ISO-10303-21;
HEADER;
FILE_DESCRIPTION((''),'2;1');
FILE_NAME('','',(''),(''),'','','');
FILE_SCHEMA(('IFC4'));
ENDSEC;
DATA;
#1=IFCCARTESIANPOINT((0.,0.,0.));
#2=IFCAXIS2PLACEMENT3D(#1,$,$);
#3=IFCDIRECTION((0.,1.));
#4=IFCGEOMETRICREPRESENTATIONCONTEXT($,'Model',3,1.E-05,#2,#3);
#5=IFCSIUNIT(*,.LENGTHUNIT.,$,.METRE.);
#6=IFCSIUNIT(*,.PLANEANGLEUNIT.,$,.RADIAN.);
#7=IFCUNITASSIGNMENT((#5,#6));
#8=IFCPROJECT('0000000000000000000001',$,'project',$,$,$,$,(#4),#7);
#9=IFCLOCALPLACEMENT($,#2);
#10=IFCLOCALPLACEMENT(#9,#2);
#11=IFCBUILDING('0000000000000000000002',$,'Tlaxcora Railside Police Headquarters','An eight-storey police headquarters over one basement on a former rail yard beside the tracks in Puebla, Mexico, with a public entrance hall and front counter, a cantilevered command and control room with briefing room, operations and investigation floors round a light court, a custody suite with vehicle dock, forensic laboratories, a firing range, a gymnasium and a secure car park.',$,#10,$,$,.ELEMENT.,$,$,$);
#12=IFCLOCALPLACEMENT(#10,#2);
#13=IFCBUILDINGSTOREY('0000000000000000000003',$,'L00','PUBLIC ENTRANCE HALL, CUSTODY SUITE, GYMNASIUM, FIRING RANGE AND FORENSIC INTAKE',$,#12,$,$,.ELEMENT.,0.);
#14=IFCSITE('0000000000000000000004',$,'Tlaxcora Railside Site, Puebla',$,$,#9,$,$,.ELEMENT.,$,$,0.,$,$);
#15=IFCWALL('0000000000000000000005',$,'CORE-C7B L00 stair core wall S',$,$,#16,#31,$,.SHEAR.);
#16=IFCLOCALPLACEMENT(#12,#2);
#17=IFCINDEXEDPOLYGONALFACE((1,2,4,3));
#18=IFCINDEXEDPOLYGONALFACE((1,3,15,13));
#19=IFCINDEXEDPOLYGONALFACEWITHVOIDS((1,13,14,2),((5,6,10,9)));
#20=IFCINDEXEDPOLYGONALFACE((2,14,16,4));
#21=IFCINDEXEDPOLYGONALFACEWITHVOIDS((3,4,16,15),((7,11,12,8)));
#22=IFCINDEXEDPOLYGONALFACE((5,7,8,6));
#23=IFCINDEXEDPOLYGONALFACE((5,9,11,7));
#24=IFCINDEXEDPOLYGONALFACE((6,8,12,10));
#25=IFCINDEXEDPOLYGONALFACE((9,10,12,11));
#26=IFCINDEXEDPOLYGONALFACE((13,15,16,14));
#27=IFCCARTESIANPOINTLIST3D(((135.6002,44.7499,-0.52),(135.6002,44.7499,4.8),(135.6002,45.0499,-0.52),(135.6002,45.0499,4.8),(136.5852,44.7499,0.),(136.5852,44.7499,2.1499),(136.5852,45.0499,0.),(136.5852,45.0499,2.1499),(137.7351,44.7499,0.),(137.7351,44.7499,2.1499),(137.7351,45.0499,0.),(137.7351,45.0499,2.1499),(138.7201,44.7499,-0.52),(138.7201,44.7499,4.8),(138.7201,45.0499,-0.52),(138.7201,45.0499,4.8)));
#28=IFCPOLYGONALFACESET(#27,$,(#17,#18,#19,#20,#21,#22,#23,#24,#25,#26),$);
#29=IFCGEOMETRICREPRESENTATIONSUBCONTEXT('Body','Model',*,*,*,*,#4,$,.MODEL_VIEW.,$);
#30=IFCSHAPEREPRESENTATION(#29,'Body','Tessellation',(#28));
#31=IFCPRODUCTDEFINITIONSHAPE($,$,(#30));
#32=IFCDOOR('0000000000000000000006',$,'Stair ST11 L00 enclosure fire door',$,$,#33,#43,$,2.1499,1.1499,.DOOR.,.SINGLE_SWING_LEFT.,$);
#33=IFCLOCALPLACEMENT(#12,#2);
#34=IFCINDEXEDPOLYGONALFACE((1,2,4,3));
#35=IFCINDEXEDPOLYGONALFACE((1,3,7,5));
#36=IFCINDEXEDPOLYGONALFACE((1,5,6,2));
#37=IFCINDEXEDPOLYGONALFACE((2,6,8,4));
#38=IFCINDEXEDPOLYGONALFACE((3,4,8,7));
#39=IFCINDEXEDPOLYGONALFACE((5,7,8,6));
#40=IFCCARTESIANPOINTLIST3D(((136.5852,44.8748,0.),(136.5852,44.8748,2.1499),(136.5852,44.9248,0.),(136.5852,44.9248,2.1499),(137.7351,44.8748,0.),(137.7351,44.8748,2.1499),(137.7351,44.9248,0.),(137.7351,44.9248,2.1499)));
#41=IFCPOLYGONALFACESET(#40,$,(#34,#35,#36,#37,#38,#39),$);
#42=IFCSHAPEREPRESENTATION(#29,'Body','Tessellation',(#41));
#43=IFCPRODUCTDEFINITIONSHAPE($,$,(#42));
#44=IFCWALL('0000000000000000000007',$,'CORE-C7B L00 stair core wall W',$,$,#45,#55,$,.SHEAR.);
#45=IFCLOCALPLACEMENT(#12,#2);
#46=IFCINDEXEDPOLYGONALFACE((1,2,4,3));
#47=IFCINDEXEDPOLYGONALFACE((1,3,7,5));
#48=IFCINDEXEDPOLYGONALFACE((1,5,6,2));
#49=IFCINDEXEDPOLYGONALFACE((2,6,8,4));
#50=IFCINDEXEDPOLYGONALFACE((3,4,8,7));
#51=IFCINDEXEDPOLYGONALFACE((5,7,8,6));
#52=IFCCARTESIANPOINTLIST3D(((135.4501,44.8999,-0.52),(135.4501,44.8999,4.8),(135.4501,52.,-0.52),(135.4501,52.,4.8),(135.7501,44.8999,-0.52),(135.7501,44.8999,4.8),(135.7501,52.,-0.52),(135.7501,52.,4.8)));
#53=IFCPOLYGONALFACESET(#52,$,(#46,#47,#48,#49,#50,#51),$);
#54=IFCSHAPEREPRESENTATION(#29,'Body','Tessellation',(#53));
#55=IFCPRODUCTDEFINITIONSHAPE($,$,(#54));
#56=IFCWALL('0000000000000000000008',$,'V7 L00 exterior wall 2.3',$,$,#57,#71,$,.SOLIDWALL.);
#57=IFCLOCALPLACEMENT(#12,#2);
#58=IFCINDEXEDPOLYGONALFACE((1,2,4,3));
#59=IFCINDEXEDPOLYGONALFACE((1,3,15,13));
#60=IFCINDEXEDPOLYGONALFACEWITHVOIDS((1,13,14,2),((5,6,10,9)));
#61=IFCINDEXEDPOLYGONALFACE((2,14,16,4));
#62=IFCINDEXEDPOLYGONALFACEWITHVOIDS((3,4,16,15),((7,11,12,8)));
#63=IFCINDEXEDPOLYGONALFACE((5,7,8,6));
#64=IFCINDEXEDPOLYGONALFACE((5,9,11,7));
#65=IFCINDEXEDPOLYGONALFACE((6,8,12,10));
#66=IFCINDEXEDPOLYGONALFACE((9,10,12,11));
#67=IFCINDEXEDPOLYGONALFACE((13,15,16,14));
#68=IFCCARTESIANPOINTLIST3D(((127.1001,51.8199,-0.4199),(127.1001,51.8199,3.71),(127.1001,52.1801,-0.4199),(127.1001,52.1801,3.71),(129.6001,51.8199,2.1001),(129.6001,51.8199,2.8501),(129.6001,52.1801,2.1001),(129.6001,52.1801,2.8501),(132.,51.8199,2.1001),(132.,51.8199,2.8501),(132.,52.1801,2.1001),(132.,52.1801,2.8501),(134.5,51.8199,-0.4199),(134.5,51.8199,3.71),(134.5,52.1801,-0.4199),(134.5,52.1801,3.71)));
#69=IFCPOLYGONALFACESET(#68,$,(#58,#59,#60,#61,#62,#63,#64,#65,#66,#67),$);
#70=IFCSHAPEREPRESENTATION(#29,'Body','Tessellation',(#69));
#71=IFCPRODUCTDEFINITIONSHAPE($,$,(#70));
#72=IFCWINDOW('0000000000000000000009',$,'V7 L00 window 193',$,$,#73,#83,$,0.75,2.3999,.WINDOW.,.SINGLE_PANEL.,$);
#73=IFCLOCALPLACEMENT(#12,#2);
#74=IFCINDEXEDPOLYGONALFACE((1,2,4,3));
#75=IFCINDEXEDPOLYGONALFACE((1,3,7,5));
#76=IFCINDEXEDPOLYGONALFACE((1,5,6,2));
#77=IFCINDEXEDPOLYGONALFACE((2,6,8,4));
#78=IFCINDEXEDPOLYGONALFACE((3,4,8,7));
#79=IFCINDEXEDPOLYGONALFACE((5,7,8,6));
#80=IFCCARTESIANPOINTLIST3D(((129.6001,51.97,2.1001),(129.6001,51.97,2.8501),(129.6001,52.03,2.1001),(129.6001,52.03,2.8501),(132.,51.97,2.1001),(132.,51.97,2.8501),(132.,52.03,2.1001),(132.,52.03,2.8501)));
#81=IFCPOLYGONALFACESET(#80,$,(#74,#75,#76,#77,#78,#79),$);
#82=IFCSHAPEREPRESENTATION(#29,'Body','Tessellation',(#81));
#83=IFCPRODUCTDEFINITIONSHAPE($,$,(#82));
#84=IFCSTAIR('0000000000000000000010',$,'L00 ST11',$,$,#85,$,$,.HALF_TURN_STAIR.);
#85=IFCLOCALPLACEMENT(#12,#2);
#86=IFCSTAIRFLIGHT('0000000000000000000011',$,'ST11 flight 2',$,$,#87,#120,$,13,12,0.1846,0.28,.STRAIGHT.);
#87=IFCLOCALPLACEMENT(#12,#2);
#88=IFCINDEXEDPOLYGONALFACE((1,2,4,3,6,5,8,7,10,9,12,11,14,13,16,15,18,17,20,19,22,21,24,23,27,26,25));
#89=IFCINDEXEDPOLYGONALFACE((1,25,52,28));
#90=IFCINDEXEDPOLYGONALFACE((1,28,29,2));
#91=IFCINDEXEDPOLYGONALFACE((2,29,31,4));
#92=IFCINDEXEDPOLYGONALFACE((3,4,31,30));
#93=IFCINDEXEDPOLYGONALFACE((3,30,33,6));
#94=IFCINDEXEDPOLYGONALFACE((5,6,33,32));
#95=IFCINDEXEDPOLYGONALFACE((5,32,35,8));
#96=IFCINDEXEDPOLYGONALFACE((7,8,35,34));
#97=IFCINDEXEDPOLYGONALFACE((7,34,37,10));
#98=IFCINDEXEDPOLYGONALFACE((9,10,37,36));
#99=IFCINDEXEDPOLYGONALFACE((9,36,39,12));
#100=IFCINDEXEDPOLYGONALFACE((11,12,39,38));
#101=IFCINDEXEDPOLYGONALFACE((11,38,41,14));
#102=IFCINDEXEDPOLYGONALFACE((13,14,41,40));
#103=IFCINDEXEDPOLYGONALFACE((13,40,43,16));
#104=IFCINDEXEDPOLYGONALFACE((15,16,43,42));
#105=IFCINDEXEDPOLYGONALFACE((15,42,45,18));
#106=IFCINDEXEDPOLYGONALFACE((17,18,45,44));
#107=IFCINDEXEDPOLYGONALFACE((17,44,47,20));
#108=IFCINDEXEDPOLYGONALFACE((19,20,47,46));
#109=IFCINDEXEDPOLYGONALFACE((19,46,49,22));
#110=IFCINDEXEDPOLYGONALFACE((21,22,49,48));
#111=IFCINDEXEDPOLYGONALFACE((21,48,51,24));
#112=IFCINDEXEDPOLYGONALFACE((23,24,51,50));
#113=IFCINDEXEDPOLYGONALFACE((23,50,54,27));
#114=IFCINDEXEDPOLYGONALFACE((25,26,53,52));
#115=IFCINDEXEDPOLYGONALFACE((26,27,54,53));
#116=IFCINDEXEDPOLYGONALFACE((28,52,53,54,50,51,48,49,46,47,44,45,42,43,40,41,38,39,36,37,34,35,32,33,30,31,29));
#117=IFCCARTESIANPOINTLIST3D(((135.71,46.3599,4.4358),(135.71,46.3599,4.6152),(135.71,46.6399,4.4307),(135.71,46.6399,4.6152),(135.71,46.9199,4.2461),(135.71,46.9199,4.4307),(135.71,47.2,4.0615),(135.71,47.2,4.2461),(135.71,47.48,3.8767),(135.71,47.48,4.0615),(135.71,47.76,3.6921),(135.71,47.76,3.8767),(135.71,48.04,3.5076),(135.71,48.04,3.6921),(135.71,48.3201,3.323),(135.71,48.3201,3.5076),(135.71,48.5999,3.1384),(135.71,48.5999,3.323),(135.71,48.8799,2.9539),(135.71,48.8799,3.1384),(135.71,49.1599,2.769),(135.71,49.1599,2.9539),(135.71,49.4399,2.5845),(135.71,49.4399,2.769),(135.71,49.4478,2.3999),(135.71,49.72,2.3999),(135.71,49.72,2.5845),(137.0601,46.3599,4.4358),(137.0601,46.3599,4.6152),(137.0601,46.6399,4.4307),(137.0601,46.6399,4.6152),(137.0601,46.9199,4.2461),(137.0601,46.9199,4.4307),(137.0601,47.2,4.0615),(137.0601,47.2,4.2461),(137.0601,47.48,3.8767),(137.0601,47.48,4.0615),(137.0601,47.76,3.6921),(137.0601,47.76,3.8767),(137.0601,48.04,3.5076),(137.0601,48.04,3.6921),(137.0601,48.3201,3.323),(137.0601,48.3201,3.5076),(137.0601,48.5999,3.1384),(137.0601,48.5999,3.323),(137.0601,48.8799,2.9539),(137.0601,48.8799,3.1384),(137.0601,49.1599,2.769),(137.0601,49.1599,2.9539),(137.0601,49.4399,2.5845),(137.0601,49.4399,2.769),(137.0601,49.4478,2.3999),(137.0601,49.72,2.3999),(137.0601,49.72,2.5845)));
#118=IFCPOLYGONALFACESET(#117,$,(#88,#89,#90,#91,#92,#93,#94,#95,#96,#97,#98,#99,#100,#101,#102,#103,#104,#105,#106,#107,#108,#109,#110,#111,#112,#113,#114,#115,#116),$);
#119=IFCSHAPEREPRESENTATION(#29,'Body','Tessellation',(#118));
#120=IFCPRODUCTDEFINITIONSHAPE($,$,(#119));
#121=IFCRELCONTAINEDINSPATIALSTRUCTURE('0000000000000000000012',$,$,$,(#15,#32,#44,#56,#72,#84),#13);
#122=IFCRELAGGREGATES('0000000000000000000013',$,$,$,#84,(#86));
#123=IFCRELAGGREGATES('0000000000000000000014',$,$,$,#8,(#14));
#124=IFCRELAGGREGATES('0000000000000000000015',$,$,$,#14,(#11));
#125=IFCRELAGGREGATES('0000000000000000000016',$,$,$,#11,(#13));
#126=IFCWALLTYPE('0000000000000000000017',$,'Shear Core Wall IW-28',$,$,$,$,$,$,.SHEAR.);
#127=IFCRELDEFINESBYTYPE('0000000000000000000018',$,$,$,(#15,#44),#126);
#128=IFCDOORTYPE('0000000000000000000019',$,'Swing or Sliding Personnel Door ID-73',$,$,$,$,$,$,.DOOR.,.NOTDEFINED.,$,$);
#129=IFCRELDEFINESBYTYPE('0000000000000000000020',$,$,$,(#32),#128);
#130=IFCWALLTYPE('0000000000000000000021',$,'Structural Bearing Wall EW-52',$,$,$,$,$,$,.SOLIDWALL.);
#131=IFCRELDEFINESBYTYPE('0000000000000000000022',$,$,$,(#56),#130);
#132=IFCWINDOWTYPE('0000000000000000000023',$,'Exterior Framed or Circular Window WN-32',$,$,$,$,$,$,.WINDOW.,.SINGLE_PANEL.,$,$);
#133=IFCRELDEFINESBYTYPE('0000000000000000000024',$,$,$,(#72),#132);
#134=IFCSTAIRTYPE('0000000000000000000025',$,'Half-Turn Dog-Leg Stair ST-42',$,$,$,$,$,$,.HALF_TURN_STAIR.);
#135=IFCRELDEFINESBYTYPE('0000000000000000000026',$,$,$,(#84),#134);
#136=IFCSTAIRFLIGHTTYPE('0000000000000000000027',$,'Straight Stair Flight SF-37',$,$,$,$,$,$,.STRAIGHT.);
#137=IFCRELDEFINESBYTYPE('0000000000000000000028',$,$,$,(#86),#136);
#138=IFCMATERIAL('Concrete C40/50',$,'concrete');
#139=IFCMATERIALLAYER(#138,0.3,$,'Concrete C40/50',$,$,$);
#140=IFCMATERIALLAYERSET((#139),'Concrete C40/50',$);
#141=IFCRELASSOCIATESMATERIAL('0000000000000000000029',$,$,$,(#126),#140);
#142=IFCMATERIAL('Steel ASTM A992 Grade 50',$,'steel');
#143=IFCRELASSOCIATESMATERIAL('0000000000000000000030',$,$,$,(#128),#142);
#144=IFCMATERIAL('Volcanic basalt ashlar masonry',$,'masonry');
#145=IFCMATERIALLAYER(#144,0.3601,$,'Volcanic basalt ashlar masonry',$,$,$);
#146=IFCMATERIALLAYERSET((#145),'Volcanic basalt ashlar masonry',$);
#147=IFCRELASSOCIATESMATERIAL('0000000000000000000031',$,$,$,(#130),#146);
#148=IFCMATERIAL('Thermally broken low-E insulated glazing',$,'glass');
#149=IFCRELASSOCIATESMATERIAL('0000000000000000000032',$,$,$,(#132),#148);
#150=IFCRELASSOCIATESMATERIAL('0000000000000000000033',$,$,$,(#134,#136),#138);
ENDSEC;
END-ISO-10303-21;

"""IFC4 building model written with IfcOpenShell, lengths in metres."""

from ifc_helpers import new_model, si_unit, direction, frame, frame_2d, origin, place, context, subcontext, project, spatial, polyline, rectangle, outline, extrude, material, layer, layer_set, type_object, element, fill, aggregate, save


model = new_model("IFC4")

# Units and contexts
model_context = context("Model", 3, precision=1e-05, world=origin(), true_north=direction((0.0, 1.0)))
body_context = subcontext(model_context, "Body", "Model", "MODEL_VIEW")
ifc_project = project(units=[si_unit("LENGTHUNIT", "METRE"), si_unit("PLANEANGLEUNIT", "RADIAN")], contexts=[model_context])

# Site, building, storey
site_placement = place(None, origin())
site = spatial("IfcSite", under=ifc_project, at=site_placement, Name="Tlaxcora Railside Site, Puebla", CompositionType="ELEMENT", RefElevation=0.0)
building_placement = place(site_placement, origin())
building = spatial("IfcBuilding", under=site, at=building_placement, Name="Tlaxcora Railside Police Headquarters", Description="An eight-storey police headquarters over one basement on a former rail yard beside the tracks in Puebla, Mexico, with a public entrance hall and front counter, a cantilevered command and control room with briefing room, operations and investigation floors round a light court, a custody suite with vehicle dock, forensic laboratories, a firing range, a gymnasium and a secure car park.", CompositionType="ELEMENT")
storey_placement = place(building_placement, origin())
storey = spatial("IfcBuildingStorey", under=building, at=storey_placement, Name="L00", Description="PUBLIC ENTRANCE HALL, CUSTODY SUITE, GYMNASIUM, FIRING RANGE AND FORENSIC INTAKE", CompositionType="ELEMENT", Elevation=0.0)

# Shared definitions
ifc_material_1 = material(Name="Concrete C40/50", Category="concrete")

# Shared definitions
ifc_material_2 = material(Name="Steel ASTM A992 Grade 50", Category="steel")

# Wall, opening, door
ifc_layer_1 = layer(ifc_material_1, 0.3, Name="Concrete C40/50")
ifc_layer_set_1 = layer_set([ifc_layer_1], Name="Concrete C40/50")
wall_type_1 = type_object("IfcWallType", Name="Shear Core Wall IW-28", PredefinedType="SHEAR", material=ifc_layer_set_1)
wall_1_placement = place(storey_placement, frame((135.6001, 44.8999, -0.52), z_axis=(0.0, 0.0, 1.0), x_axis=(1.0, 0.0, 0.0)))
wall_1 = element("IfcWall", 1, at=wall_1_placement, inside=storey, type_object=wall_type_1, Name="CORE-C7B L00 stair core wall S", PredefinedType="SHEAR", context=body_context, shape_type="SweptSolid", body=[
    extrude(rectangle(XDim=3.1199, YDim=0.3, at=frame_2d((1.5601, 0.0))), origin(), (0.0, 0.0, 1.0), 5.3201),
])
opening_1_placement = place(wall_1_placement, frame((0.9851, 0.0, 0.52)))
opening_1 = element("IfcOpeningElement", 2, at=opening_1_placement, cuts=wall_1, PredefinedType="OPENING", context=body_context, shape_type="SweptSolid", body=[
    extrude(rectangle(XDim=1.1499, YDim=2.1499, at=frame_2d((0.575, 1.075))), frame((0.0, 0.1602, 0.0), z_axis=(0.0, -1.0, 0.0), x_axis=(1.0, 0.0, 0.0)), (0.0, 0.0, 1.0), 0.3201),
])
door_type = type_object("IfcDoorType", Name="Swing or Sliding Personnel Door ID-73", OperationType="NOTDEFINED", PredefinedType="DOOR", material=ifc_material_2)
door_placement = place(opening_1_placement, origin())
door = element("IfcDoor", 3, at=door_placement, inside=storey, type_object=door_type, Name="Stair ST11 L00 enclosure fire door", OperationType="SINGLE_SWING_LEFT", OverallHeight=2.1499, OverallWidth=1.1499, PredefinedType="DOOR", context=body_context, shape_type="SweptSolid", body=[
    extrude(rectangle(XDim=1.1499, YDim=2.1499, at=frame_2d((0.575, 1.075))), frame((0.0, 0.0249, 0.0), z_axis=(0.0, -1.0, 0.0), x_axis=(1.0, 0.0, 0.0)), (0.0, 0.0, 1.0), 0.05),
])
fill(opening_1, door)

# Wall
wall_2_placement = place(storey_placement, frame((135.6001, 52.0, -0.52), z_axis=(0.0, 0.0, 1.0), x_axis=(0.0, -1.0, 0.0)))
element("IfcWall", 4, at=wall_2_placement, inside=storey, type_object=wall_type_1, Name="CORE-C7B L00 stair core wall W", PredefinedType="SHEAR", context=body_context, shape_type="SweptSolid", body=[
    extrude(rectangle(XDim=7.1001, YDim=0.3, at=frame_2d((3.55, 0.0))), origin(), (0.0, 0.0, 1.0), 5.3201),
])

# Wall, opening, window
ifc_material_3 = material(Name="Volcanic basalt ashlar masonry", Category="masonry")
ifc_layer_2 = layer(ifc_material_3, 0.3601, Name="Volcanic basalt ashlar masonry")
ifc_layer_set_2 = layer_set([ifc_layer_2], Name="Volcanic basalt ashlar masonry")
wall_type_2 = type_object("IfcWallType", Name="Structural Bearing Wall EW-52", PredefinedType="SOLIDWALL", material=ifc_layer_set_2)
wall_3_placement = place(storey_placement, frame((134.5, 52.0, -0.4199), z_axis=(0.0, 0.0, 1.0), x_axis=(-1.0, 0.0, 0.0)))
wall_3 = element("IfcWall", 5, at=wall_3_placement, inside=storey, type_object=wall_type_2, Name="V7 L00 exterior wall 2.3", PredefinedType="SOLIDWALL", context=body_context, shape_type="SweptSolid", body=[
    extrude(rectangle(XDim=7.3999, YDim=0.3601, at=frame_2d((3.7, 0.0))), origin(), (0.0, 0.0, 1.0), 4.1299),
])
opening_2_placement = place(wall_3_placement, frame((2.5, 0.0, 2.52)))
opening_2 = element("IfcOpeningElement", 6, at=opening_2_placement, cuts=wall_3, PredefinedType="OPENING", context=body_context, shape_type="SweptSolid", body=[
    extrude(rectangle(XDim=2.3999, YDim=0.75, at=frame_2d((1.2, 0.375))), frame((0.0, 0.1899, 0.0), z_axis=(0.0, -1.0, 0.0), x_axis=(1.0, 0.0, 0.0)), (0.0, 0.0, 1.0), 0.3801),
])
ifc_material_4 = material(Name="Thermally broken low-E insulated glazing", Category="glass")
window_type = type_object("IfcWindowType", Name="Exterior Framed or Circular Window WN-32", PartitioningType="SINGLE_PANEL", PredefinedType="WINDOW", material=ifc_material_4)
window_placement = place(opening_2_placement, origin())
window = element("IfcWindow", 7, at=window_placement, inside=storey, type_object=window_type, Name="V7 L00 window 193", OverallHeight=0.75, OverallWidth=2.3999, PartitioningType="SINGLE_PANEL", PredefinedType="WINDOW", context=body_context, shape_type="SweptSolid", body=[
    extrude(rectangle(XDim=2.3999, YDim=0.75, at=frame_2d((1.2, 0.375))), frame((0.0, 0.03, 0.0), z_axis=(0.0, -1.0, 0.0), x_axis=(1.0, 0.0, 0.0)), (0.0, 0.0, 1.0), 0.0601),
])
fill(opening_2, window)

# Stair, stair flight
stair_type = type_object("IfcStairType", Name="Half-Turn Dog-Leg Stair ST-42", PredefinedType="HALF_TURN_STAIR", material=ifc_material_1)
stair_placement = place(storey_placement, origin())
stair = element("IfcStair", 8, at=stair_placement, inside=storey, type_object=stair_type, Name="L00 ST11", PredefinedType="HALF_TURN_STAIR")
stair_flight_type = type_object("IfcStairFlightType", Name="Straight Stair Flight SF-37", PredefinedType="STRAIGHT", material=ifc_material_1)
stair_flight_placement = place(storey_placement, frame((136.385, 49.72, 2.3999), z_axis=(0.0, 0.0, 1.0), x_axis=(0.0, -1.0, 0.0)))
stair_flight = element("IfcStairFlight", 9, at=stair_flight_placement, type_object=stair_flight_type, Name="ST11 flight 2", NumberOfRisers=13, NumberOfTreads=12, PredefinedType="STRAIGHT", RiserHeight=0.1846, TreadLength=0.28, context=body_context, shape_type="SweptSolid", body=[
    extrude(outline(polyline([(0.0, 0.0), (0.0, 0.1846), (0.28, 0.1846), (0.28, 0.3691), (0.5601, 0.3691), (0.5601, 0.554), (0.8401, 0.554), (0.8401, 0.7385), (1.1201, 0.7385), (1.1201, 0.9231), (1.3999, 0.9231), (1.3999, 1.1077), (1.6799, 1.1077), (1.6799, 1.2922), (1.96, 1.2922), (1.96, 1.4768), (2.24, 1.4768), (2.24, 1.6616), (2.52, 1.6616), (2.52, 1.8462), (2.8, 1.8462), (2.8, 2.0308), (3.0801, 2.0308), (3.0801, 2.2153), (3.3601, 2.2153), (3.3601, 2.3999), (3.3601, 2.0359), (0.2722, 0.0), (0.0, 0.0)])), frame((0.0, 0.675, 0.0), z_axis=(0.0, -1.0, 0.0), x_axis=(1.0, 0.0, 0.0)), (0.0, 0.0, 1.0), 1.3501),
])
aggregate(stair, [stair_flight])

save(model, "model.ifc")
